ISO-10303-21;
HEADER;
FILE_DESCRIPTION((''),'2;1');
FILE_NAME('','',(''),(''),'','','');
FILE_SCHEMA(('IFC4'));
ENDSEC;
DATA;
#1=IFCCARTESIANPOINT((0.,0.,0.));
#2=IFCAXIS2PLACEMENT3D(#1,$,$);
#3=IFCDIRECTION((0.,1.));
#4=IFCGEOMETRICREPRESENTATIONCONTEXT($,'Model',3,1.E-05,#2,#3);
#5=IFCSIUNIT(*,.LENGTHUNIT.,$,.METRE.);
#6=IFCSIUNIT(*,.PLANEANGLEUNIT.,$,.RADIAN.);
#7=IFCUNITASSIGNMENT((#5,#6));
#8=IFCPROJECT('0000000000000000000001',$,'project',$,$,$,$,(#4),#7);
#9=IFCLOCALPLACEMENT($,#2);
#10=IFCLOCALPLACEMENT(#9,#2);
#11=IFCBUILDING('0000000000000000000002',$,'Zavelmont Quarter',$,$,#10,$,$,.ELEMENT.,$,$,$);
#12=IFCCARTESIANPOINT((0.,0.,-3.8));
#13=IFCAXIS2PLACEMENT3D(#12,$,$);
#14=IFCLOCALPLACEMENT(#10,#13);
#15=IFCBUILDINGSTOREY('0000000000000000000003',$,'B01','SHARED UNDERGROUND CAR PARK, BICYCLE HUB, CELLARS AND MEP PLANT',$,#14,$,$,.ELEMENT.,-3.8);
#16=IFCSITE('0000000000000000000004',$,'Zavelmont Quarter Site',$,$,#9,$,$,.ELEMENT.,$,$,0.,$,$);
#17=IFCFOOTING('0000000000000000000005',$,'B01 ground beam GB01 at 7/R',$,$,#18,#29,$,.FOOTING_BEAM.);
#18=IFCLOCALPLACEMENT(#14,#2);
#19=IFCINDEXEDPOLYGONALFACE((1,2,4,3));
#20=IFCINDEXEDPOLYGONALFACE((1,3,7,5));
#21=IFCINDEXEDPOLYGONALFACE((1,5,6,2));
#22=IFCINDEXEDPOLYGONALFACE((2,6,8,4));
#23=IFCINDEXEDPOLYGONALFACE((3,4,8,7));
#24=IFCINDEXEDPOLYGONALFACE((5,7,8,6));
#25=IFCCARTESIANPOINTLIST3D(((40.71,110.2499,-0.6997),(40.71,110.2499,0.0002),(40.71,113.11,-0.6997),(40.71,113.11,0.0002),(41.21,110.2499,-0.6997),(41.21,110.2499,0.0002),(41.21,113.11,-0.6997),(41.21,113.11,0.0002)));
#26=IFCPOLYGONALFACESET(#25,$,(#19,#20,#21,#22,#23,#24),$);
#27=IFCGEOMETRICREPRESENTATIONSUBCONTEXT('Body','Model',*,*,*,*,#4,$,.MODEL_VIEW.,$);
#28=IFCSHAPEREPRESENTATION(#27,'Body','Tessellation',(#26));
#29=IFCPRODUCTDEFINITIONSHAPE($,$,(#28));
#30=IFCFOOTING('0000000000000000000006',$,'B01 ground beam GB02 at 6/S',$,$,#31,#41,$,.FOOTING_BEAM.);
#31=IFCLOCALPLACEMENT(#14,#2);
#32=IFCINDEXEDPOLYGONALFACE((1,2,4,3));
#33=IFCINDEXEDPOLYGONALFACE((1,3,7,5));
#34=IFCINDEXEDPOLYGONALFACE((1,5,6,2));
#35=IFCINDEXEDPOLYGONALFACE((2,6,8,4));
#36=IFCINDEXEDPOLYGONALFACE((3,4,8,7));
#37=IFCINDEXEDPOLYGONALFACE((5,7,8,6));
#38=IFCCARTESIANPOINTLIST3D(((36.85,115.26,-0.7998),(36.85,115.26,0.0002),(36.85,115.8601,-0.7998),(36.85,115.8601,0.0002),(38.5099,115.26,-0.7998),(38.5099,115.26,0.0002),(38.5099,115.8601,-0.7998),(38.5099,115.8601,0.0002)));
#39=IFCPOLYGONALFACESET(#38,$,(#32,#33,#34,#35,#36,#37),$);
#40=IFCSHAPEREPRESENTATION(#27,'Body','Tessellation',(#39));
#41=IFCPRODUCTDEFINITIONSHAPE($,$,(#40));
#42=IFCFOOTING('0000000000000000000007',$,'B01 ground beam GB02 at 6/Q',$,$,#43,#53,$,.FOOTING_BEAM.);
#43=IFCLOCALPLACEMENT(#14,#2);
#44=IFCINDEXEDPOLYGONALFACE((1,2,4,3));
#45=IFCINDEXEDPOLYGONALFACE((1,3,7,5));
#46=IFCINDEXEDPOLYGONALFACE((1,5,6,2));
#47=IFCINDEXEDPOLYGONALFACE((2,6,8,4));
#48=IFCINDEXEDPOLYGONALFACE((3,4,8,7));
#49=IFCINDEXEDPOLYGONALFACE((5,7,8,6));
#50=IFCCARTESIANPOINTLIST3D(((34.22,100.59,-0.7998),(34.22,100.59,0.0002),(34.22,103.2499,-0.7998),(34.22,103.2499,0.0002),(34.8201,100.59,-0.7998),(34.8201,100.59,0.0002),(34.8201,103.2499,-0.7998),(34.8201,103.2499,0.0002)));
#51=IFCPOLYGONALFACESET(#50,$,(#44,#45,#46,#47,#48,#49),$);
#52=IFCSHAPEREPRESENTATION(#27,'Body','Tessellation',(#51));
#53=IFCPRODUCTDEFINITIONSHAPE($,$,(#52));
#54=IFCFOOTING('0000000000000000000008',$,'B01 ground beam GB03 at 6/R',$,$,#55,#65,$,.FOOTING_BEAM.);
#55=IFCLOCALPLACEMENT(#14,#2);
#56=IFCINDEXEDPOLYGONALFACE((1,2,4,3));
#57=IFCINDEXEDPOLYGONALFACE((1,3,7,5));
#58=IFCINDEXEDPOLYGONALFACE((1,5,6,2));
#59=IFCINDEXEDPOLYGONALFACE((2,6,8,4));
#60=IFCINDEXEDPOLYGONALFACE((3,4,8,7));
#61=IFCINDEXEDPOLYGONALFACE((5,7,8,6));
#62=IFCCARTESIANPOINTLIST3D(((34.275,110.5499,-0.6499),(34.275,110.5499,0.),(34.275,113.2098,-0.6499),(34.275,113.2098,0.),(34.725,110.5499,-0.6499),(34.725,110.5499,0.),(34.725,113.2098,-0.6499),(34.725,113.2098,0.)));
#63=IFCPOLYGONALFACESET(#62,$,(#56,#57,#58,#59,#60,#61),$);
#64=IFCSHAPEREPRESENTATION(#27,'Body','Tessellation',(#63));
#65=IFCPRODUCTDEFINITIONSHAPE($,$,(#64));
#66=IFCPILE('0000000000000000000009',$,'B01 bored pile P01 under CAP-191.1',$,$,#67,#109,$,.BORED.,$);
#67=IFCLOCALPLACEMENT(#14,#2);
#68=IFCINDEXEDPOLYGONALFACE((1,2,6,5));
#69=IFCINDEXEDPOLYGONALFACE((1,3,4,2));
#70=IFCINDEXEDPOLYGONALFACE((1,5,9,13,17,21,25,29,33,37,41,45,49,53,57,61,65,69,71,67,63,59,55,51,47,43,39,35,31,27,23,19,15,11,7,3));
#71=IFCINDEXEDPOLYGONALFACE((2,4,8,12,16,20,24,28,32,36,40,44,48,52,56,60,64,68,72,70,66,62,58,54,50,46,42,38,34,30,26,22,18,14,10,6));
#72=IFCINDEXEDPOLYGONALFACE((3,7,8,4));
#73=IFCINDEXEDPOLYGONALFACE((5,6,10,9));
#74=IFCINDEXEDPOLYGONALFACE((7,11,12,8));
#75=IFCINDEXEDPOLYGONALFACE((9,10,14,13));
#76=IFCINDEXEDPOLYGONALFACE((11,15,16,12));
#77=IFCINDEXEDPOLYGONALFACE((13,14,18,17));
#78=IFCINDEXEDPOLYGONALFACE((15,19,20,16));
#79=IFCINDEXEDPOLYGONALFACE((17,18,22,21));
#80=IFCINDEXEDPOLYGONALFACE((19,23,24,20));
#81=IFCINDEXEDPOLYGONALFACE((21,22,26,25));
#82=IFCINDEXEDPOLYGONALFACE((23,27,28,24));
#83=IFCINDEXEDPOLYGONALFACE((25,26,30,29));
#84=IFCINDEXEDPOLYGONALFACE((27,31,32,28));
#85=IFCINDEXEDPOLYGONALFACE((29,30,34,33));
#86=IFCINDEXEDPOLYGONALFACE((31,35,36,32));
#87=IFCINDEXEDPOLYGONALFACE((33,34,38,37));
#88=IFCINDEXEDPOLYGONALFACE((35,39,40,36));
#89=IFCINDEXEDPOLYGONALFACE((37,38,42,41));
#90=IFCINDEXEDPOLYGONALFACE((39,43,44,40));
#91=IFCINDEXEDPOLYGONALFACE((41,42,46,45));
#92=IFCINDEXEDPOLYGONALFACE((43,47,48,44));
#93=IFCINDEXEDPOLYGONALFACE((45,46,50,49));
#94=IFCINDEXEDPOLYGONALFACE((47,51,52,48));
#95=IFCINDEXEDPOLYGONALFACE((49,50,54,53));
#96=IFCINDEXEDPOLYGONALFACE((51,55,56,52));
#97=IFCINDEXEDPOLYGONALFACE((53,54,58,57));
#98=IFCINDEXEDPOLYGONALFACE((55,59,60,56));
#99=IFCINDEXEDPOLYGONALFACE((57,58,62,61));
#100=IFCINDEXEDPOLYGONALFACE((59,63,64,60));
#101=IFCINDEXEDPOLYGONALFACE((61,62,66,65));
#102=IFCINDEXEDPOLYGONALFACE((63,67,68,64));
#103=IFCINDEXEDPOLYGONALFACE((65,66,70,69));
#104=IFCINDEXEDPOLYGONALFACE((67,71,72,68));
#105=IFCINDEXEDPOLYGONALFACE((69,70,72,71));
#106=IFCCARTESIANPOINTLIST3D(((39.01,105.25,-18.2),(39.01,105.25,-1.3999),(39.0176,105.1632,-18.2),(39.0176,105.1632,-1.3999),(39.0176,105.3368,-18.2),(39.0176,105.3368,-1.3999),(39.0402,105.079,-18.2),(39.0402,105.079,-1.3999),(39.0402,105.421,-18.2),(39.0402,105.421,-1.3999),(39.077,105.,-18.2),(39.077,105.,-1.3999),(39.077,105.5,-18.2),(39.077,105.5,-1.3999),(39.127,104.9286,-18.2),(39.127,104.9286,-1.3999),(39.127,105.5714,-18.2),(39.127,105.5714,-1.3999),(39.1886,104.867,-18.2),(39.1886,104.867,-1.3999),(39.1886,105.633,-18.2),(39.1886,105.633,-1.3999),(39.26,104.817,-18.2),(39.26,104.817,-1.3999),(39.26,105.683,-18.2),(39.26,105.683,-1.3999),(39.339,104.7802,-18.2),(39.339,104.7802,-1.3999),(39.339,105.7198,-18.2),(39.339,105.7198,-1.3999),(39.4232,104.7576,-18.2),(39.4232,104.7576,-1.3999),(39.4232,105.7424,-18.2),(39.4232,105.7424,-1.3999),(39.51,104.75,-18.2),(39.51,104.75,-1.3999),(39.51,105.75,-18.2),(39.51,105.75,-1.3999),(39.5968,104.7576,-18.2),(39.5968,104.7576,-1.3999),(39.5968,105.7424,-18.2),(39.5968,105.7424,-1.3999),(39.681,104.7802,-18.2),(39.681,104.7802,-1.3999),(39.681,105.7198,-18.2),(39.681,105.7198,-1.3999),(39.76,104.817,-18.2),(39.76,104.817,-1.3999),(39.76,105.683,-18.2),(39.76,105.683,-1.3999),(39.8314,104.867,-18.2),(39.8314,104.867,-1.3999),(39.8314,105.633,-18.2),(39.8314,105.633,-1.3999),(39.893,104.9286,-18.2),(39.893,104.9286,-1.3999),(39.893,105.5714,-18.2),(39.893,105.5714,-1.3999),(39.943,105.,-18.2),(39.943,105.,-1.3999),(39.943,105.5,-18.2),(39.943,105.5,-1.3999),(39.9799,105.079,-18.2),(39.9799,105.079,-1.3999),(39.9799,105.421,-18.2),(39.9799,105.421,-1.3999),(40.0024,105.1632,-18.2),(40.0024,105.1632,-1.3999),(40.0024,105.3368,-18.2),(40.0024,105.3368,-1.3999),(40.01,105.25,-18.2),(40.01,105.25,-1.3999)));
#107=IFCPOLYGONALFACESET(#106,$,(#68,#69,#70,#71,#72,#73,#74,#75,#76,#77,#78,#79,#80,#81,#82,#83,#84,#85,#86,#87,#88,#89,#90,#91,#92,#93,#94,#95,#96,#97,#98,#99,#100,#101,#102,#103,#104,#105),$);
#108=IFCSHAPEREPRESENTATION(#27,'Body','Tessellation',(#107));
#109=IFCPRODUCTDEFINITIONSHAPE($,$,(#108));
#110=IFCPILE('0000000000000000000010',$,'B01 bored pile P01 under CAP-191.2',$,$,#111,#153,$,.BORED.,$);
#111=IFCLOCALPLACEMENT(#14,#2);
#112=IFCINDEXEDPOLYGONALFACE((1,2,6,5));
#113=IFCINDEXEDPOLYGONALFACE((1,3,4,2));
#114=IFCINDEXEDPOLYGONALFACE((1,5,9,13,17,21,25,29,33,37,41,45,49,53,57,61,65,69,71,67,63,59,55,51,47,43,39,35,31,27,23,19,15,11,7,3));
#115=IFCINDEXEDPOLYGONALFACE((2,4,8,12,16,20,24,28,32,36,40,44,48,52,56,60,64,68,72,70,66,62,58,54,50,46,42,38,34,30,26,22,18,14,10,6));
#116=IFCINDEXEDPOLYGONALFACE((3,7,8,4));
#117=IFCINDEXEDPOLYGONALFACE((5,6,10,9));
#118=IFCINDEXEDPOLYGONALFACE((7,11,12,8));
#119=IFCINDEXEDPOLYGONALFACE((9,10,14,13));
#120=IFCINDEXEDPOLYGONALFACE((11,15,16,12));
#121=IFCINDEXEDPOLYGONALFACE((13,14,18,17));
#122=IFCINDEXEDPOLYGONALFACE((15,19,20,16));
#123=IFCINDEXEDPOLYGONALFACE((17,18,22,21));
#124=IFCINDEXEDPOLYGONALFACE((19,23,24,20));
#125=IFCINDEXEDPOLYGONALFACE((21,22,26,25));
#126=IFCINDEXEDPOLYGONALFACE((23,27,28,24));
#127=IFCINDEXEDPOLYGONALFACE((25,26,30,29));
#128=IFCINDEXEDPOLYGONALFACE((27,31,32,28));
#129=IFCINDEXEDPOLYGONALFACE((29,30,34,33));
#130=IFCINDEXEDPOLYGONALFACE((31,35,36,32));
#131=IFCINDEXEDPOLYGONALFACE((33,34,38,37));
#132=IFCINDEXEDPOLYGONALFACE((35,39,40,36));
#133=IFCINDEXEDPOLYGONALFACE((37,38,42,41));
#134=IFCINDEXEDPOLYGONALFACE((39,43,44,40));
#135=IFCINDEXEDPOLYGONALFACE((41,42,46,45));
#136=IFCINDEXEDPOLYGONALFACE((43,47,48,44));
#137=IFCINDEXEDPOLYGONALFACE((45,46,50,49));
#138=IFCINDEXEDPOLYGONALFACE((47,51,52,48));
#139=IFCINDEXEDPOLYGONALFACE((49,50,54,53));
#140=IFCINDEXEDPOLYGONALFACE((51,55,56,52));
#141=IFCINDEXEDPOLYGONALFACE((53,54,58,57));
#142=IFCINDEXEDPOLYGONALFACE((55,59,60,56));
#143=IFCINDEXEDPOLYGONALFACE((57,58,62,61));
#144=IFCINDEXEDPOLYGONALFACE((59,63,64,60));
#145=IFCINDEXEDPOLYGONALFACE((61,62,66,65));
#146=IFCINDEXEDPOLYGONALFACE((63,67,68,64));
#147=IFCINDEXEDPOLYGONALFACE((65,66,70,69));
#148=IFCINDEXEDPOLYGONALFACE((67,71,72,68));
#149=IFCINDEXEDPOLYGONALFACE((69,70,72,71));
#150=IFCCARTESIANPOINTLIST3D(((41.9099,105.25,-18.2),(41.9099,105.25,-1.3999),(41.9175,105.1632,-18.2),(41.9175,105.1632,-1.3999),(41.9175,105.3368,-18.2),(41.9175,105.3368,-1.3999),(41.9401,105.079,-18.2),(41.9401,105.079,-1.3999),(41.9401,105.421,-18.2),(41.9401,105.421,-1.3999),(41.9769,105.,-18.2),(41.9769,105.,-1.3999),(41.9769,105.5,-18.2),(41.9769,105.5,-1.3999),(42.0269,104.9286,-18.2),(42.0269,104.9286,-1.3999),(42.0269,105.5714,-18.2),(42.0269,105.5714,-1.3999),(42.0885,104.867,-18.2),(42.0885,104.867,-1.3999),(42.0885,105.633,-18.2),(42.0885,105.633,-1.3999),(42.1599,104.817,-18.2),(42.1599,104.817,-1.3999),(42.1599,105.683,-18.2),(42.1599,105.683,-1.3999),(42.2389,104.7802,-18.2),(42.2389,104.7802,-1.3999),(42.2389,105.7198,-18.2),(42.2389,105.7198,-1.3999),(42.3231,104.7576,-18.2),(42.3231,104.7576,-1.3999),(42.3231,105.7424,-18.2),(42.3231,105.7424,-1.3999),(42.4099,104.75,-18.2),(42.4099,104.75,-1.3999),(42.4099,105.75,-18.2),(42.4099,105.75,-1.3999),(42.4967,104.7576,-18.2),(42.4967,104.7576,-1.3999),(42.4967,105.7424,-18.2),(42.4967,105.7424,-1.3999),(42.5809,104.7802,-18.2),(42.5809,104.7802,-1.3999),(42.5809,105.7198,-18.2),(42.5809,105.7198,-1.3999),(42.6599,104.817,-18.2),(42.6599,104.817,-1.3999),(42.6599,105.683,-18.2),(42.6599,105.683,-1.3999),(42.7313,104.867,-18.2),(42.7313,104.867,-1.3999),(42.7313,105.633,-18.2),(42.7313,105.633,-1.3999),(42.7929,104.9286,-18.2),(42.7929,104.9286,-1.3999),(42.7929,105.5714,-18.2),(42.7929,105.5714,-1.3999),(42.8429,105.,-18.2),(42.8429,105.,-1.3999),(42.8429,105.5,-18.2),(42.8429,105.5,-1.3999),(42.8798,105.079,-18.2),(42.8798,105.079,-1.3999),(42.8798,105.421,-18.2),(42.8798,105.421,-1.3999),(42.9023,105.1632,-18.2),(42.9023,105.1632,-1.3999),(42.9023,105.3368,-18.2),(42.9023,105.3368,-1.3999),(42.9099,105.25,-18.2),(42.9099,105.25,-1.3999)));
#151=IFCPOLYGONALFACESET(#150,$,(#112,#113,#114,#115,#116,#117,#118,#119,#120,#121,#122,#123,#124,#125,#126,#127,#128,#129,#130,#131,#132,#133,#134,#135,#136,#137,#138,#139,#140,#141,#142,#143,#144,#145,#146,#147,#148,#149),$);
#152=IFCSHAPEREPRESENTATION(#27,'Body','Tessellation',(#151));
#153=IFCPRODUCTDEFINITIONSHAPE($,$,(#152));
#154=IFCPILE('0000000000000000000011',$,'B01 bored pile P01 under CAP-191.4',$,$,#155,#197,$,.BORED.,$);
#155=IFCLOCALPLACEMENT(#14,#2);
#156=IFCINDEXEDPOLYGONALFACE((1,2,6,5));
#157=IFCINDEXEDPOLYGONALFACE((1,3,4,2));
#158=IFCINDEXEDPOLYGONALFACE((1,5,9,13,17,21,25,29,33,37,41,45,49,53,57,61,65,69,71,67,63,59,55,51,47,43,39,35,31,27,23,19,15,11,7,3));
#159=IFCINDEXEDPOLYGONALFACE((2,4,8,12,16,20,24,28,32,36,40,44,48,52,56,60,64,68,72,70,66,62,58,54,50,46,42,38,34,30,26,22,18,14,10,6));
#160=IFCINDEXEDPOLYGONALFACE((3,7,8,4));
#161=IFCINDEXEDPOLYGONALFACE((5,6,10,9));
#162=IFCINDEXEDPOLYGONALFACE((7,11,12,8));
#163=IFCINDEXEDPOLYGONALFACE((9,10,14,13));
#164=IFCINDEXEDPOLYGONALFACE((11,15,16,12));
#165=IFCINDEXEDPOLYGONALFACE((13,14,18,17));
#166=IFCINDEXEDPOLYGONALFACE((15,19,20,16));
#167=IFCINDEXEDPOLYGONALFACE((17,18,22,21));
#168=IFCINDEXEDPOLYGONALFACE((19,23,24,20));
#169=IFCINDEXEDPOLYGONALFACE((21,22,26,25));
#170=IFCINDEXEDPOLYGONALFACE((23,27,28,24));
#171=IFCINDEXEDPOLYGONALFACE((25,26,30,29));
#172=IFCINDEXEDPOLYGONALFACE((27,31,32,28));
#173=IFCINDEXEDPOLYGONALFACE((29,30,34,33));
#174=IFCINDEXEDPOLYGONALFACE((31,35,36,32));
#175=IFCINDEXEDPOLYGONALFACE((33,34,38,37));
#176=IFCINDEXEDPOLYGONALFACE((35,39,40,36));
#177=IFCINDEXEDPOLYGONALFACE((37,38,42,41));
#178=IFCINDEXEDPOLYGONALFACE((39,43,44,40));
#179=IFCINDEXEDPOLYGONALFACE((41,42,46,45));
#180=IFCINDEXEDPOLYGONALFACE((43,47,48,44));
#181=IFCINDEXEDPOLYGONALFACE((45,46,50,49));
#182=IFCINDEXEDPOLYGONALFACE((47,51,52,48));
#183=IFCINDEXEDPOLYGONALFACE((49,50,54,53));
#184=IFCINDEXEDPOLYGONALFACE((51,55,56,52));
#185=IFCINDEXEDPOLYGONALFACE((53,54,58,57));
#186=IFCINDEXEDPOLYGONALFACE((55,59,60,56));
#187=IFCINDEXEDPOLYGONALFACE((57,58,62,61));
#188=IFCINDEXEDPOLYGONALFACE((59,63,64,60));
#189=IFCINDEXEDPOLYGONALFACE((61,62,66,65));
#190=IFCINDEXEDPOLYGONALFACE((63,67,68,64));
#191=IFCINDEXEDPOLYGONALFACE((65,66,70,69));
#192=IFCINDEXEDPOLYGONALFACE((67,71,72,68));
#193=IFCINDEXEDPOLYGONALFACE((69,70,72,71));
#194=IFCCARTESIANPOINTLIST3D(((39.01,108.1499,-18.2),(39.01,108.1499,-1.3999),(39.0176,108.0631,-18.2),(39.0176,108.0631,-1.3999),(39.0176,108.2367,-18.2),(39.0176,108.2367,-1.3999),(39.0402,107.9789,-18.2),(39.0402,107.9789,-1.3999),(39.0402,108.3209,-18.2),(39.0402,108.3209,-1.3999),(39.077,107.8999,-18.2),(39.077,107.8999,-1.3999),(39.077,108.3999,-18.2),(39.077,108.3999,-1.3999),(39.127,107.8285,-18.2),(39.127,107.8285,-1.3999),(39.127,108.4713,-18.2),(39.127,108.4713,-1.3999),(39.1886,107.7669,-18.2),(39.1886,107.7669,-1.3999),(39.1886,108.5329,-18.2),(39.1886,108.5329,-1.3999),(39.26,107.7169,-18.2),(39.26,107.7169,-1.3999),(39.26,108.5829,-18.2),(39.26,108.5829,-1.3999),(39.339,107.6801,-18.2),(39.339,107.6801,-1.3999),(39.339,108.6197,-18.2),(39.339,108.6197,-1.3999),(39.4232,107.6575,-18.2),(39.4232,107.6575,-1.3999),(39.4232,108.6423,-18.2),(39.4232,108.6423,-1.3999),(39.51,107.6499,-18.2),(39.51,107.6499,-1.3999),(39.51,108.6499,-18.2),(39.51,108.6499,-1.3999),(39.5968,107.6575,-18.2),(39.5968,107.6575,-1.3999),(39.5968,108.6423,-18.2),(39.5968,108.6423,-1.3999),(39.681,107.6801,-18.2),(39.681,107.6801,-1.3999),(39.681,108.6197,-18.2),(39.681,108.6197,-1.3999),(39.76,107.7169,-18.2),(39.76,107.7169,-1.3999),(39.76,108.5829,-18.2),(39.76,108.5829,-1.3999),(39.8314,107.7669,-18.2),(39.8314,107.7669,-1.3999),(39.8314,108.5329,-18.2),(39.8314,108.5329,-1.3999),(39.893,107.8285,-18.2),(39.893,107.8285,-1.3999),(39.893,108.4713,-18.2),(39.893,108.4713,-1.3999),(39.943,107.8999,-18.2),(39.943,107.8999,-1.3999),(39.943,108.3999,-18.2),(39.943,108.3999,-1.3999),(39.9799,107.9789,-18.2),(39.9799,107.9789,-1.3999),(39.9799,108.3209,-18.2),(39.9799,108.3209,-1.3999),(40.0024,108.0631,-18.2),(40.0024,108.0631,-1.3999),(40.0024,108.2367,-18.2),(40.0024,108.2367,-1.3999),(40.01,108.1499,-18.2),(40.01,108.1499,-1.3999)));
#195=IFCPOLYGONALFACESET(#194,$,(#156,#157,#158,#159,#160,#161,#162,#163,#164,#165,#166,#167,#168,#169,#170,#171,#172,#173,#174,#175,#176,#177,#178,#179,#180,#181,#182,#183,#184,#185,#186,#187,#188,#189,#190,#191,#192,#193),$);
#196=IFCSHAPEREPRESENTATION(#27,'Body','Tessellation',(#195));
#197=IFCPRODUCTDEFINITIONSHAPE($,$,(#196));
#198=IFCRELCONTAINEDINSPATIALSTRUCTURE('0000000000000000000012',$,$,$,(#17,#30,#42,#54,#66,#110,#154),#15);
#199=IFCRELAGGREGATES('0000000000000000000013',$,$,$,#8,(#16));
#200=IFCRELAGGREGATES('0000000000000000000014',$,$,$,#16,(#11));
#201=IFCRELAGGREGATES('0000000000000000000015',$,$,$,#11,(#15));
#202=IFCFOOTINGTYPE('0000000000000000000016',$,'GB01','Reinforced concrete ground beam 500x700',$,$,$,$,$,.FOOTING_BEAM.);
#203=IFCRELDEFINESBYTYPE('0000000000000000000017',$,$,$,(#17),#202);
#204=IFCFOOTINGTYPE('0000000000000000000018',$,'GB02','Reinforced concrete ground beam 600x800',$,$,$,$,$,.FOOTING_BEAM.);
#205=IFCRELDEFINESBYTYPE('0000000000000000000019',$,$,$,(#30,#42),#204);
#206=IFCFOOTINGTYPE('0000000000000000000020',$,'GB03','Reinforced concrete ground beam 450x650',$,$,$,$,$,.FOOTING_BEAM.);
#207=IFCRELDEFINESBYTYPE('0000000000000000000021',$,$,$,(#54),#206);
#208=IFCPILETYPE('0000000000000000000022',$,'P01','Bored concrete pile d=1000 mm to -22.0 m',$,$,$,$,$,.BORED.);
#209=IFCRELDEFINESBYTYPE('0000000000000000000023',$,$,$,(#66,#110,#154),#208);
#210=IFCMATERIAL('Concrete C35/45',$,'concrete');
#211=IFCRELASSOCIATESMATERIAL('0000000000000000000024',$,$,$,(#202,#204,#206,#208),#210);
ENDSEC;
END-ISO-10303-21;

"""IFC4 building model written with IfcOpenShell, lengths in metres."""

from ifc_helpers import new_model, si_unit, direction, frame, origin, origin_2d, place, context, subcontext, project, spatial, rectangle, circle, extrude, material, material_profile, profile_set, type_object, element, save


model = new_model("IFC4")

# Units and contexts
model_context = context("Model", 3, precision=1e-05, world=origin(), true_north=direction((0.0, 1.0)))
body_context = subcontext(model_context, "Body", "Model", "MODEL_VIEW")
ifc_project = project(units=[si_unit("LENGTHUNIT", "METRE"), si_unit("PLANEANGLEUNIT", "RADIAN")], contexts=[model_context])

# Site, building, storey
site_placement = place(None, origin())
site = spatial("IfcSite", under=ifc_project, at=site_placement, Name="Zavelmont Quarter Site", CompositionType="ELEMENT", RefElevation=0.0)
building_placement = place(site_placement, origin())
building = spatial("IfcBuilding", under=site, at=building_placement, Name="Zavelmont Quarter", CompositionType="ELEMENT")
storey_placement = place(building_placement, frame((0.0, 0.0, -3.8)))
storey = spatial("IfcBuildingStorey", under=building, at=storey_placement, Name="B01", Description="SHARED UNDERGROUND CAR PARK, BICYCLE HUB, CELLARS AND MEP PLANT", CompositionType="ELEMENT", Elevation=-3.8)

# Footings
ifc_material_1 = material(Name="Concrete C35/45", Category="concrete")
footing_type_1 = type_object("IfcFootingType", Name="GB01", Description="Reinforced concrete ground beam 500x700", PredefinedType="FOOTING_BEAM", material=ifc_material_1)
footing_1_placement = place(storey_placement, frame((40.96, 111.6799, -0.6997), z_axis=(0.0, 0.0, 1.0), x_axis=(0.0, 1.0, 0.0)))
element("IfcFooting", 1, at=footing_1_placement, inside=storey, type_object=footing_type_1, Name="B01 ground beam GB01 at 7/R", PredefinedType="FOOTING_BEAM", context=body_context, shape_type="SweptSolid", body=[
    extrude(rectangle(XDim=2.8601, YDim=0.5, at=origin_2d()), origin(), (0.0, 0.0, 1.0), 0.7),
])
footing_type_2 = type_object("IfcFootingType", Name="GB02", Description="Reinforced concrete ground beam 600x800", PredefinedType="FOOTING_BEAM", material=ifc_material_1)
footing_2_placement = place(storey_placement, frame((37.6799, 115.5601, -0.7998), z_axis=(0.0, 0.0, 1.0), x_axis=(1.0, 0.0, 0.0)))
element("IfcFooting", 2, at=footing_2_placement, inside=storey, type_object=footing_type_2, Name="B01 ground beam GB02 at 6/S", PredefinedType="FOOTING_BEAM", context=body_context, shape_type="SweptSolid", body=[
    extrude(rectangle(XDim=1.6599, YDim=0.6001, at=origin_2d()), origin(), (0.0, 0.0, 1.0), 0.8),
])
footing_3_placement = place(storey_placement, frame((34.52, 101.9199, -0.7998), z_axis=(0.0, 0.0, 1.0), x_axis=(0.0, 1.0, 0.0)))
element("IfcFooting", 3, at=footing_3_placement, inside=storey, type_object=footing_type_2, Name="B01 ground beam GB02 at 6/Q", PredefinedType="FOOTING_BEAM", context=body_context, shape_type="SweptSolid", body=[
    extrude(rectangle(XDim=2.6599, YDim=0.6001, at=origin_2d()), origin(), (0.0, 0.0, 1.0), 0.8),
])
footing_type_3 = type_object("IfcFootingType", Name="GB03", Description="Reinforced concrete ground beam 450x650", PredefinedType="FOOTING_BEAM", material=ifc_material_1)
footing_4_placement = place(storey_placement, frame((34.5, 111.8799, -0.6499), z_axis=(0.0, 0.0, 1.0), x_axis=(0.0, 1.0, 0.0)))
element("IfcFooting", 4, at=footing_4_placement, inside=storey, type_object=footing_type_3, Name="B01 ground beam GB03 at 6/R", PredefinedType="FOOTING_BEAM", context=body_context, shape_type="SweptSolid", body=[
    extrude(rectangle(XDim=2.6599, YDim=0.45, at=origin_2d()), origin(), (0.0, 0.0, 1.0), 0.6499),
])

# Piles
ifc_material_profile_1 = material_profile(ifc_material_1, circle(Radius=0.5, at=origin_2d()), Name="BP1000")
ifc_profile_set_1 = profile_set([ifc_material_profile_1], Name="Concrete C35/45")
pile_type = type_object("IfcPileType", Name="P01", Description="Bored concrete pile d=1000 mm to -22.0 m", PredefinedType="BORED", material=ifc_profile_set_1)
for number, where, z_axis, x_axis, name in (
    (5, (39.51, 105.25, -1.3999), (0.0, 0.0, -1.0), (1.0, 0.0, 0.0), "B01 bored pile P01 under CAP-191.1"),
    (6, (42.4099, 105.25, -1.3999), (0.0, 0.0, -1.0), (1.0, 0.0, 0.0), "B01 bored pile P01 under CAP-191.2"),
    (7, (39.51, 108.1499, -1.3999), (0.0, 0.0, -1.0), (1.0, 0.0, 0.0), "B01 bored pile P01 under CAP-191.4"),
):
    element("IfcPile", number, at=place(storey_placement, frame(where, z_axis=z_axis, x_axis=x_axis)), inside=storey, type_object=pile_type, Name=name, PredefinedType="BORED", context=body_context, shape_type="SweptSolid", body=[
        extrude(circle(Radius=0.5, at=origin_2d()), origin(), (0.0, 0.0, 1.0), 16.8),
    ])

save(model, "model.ifc")
